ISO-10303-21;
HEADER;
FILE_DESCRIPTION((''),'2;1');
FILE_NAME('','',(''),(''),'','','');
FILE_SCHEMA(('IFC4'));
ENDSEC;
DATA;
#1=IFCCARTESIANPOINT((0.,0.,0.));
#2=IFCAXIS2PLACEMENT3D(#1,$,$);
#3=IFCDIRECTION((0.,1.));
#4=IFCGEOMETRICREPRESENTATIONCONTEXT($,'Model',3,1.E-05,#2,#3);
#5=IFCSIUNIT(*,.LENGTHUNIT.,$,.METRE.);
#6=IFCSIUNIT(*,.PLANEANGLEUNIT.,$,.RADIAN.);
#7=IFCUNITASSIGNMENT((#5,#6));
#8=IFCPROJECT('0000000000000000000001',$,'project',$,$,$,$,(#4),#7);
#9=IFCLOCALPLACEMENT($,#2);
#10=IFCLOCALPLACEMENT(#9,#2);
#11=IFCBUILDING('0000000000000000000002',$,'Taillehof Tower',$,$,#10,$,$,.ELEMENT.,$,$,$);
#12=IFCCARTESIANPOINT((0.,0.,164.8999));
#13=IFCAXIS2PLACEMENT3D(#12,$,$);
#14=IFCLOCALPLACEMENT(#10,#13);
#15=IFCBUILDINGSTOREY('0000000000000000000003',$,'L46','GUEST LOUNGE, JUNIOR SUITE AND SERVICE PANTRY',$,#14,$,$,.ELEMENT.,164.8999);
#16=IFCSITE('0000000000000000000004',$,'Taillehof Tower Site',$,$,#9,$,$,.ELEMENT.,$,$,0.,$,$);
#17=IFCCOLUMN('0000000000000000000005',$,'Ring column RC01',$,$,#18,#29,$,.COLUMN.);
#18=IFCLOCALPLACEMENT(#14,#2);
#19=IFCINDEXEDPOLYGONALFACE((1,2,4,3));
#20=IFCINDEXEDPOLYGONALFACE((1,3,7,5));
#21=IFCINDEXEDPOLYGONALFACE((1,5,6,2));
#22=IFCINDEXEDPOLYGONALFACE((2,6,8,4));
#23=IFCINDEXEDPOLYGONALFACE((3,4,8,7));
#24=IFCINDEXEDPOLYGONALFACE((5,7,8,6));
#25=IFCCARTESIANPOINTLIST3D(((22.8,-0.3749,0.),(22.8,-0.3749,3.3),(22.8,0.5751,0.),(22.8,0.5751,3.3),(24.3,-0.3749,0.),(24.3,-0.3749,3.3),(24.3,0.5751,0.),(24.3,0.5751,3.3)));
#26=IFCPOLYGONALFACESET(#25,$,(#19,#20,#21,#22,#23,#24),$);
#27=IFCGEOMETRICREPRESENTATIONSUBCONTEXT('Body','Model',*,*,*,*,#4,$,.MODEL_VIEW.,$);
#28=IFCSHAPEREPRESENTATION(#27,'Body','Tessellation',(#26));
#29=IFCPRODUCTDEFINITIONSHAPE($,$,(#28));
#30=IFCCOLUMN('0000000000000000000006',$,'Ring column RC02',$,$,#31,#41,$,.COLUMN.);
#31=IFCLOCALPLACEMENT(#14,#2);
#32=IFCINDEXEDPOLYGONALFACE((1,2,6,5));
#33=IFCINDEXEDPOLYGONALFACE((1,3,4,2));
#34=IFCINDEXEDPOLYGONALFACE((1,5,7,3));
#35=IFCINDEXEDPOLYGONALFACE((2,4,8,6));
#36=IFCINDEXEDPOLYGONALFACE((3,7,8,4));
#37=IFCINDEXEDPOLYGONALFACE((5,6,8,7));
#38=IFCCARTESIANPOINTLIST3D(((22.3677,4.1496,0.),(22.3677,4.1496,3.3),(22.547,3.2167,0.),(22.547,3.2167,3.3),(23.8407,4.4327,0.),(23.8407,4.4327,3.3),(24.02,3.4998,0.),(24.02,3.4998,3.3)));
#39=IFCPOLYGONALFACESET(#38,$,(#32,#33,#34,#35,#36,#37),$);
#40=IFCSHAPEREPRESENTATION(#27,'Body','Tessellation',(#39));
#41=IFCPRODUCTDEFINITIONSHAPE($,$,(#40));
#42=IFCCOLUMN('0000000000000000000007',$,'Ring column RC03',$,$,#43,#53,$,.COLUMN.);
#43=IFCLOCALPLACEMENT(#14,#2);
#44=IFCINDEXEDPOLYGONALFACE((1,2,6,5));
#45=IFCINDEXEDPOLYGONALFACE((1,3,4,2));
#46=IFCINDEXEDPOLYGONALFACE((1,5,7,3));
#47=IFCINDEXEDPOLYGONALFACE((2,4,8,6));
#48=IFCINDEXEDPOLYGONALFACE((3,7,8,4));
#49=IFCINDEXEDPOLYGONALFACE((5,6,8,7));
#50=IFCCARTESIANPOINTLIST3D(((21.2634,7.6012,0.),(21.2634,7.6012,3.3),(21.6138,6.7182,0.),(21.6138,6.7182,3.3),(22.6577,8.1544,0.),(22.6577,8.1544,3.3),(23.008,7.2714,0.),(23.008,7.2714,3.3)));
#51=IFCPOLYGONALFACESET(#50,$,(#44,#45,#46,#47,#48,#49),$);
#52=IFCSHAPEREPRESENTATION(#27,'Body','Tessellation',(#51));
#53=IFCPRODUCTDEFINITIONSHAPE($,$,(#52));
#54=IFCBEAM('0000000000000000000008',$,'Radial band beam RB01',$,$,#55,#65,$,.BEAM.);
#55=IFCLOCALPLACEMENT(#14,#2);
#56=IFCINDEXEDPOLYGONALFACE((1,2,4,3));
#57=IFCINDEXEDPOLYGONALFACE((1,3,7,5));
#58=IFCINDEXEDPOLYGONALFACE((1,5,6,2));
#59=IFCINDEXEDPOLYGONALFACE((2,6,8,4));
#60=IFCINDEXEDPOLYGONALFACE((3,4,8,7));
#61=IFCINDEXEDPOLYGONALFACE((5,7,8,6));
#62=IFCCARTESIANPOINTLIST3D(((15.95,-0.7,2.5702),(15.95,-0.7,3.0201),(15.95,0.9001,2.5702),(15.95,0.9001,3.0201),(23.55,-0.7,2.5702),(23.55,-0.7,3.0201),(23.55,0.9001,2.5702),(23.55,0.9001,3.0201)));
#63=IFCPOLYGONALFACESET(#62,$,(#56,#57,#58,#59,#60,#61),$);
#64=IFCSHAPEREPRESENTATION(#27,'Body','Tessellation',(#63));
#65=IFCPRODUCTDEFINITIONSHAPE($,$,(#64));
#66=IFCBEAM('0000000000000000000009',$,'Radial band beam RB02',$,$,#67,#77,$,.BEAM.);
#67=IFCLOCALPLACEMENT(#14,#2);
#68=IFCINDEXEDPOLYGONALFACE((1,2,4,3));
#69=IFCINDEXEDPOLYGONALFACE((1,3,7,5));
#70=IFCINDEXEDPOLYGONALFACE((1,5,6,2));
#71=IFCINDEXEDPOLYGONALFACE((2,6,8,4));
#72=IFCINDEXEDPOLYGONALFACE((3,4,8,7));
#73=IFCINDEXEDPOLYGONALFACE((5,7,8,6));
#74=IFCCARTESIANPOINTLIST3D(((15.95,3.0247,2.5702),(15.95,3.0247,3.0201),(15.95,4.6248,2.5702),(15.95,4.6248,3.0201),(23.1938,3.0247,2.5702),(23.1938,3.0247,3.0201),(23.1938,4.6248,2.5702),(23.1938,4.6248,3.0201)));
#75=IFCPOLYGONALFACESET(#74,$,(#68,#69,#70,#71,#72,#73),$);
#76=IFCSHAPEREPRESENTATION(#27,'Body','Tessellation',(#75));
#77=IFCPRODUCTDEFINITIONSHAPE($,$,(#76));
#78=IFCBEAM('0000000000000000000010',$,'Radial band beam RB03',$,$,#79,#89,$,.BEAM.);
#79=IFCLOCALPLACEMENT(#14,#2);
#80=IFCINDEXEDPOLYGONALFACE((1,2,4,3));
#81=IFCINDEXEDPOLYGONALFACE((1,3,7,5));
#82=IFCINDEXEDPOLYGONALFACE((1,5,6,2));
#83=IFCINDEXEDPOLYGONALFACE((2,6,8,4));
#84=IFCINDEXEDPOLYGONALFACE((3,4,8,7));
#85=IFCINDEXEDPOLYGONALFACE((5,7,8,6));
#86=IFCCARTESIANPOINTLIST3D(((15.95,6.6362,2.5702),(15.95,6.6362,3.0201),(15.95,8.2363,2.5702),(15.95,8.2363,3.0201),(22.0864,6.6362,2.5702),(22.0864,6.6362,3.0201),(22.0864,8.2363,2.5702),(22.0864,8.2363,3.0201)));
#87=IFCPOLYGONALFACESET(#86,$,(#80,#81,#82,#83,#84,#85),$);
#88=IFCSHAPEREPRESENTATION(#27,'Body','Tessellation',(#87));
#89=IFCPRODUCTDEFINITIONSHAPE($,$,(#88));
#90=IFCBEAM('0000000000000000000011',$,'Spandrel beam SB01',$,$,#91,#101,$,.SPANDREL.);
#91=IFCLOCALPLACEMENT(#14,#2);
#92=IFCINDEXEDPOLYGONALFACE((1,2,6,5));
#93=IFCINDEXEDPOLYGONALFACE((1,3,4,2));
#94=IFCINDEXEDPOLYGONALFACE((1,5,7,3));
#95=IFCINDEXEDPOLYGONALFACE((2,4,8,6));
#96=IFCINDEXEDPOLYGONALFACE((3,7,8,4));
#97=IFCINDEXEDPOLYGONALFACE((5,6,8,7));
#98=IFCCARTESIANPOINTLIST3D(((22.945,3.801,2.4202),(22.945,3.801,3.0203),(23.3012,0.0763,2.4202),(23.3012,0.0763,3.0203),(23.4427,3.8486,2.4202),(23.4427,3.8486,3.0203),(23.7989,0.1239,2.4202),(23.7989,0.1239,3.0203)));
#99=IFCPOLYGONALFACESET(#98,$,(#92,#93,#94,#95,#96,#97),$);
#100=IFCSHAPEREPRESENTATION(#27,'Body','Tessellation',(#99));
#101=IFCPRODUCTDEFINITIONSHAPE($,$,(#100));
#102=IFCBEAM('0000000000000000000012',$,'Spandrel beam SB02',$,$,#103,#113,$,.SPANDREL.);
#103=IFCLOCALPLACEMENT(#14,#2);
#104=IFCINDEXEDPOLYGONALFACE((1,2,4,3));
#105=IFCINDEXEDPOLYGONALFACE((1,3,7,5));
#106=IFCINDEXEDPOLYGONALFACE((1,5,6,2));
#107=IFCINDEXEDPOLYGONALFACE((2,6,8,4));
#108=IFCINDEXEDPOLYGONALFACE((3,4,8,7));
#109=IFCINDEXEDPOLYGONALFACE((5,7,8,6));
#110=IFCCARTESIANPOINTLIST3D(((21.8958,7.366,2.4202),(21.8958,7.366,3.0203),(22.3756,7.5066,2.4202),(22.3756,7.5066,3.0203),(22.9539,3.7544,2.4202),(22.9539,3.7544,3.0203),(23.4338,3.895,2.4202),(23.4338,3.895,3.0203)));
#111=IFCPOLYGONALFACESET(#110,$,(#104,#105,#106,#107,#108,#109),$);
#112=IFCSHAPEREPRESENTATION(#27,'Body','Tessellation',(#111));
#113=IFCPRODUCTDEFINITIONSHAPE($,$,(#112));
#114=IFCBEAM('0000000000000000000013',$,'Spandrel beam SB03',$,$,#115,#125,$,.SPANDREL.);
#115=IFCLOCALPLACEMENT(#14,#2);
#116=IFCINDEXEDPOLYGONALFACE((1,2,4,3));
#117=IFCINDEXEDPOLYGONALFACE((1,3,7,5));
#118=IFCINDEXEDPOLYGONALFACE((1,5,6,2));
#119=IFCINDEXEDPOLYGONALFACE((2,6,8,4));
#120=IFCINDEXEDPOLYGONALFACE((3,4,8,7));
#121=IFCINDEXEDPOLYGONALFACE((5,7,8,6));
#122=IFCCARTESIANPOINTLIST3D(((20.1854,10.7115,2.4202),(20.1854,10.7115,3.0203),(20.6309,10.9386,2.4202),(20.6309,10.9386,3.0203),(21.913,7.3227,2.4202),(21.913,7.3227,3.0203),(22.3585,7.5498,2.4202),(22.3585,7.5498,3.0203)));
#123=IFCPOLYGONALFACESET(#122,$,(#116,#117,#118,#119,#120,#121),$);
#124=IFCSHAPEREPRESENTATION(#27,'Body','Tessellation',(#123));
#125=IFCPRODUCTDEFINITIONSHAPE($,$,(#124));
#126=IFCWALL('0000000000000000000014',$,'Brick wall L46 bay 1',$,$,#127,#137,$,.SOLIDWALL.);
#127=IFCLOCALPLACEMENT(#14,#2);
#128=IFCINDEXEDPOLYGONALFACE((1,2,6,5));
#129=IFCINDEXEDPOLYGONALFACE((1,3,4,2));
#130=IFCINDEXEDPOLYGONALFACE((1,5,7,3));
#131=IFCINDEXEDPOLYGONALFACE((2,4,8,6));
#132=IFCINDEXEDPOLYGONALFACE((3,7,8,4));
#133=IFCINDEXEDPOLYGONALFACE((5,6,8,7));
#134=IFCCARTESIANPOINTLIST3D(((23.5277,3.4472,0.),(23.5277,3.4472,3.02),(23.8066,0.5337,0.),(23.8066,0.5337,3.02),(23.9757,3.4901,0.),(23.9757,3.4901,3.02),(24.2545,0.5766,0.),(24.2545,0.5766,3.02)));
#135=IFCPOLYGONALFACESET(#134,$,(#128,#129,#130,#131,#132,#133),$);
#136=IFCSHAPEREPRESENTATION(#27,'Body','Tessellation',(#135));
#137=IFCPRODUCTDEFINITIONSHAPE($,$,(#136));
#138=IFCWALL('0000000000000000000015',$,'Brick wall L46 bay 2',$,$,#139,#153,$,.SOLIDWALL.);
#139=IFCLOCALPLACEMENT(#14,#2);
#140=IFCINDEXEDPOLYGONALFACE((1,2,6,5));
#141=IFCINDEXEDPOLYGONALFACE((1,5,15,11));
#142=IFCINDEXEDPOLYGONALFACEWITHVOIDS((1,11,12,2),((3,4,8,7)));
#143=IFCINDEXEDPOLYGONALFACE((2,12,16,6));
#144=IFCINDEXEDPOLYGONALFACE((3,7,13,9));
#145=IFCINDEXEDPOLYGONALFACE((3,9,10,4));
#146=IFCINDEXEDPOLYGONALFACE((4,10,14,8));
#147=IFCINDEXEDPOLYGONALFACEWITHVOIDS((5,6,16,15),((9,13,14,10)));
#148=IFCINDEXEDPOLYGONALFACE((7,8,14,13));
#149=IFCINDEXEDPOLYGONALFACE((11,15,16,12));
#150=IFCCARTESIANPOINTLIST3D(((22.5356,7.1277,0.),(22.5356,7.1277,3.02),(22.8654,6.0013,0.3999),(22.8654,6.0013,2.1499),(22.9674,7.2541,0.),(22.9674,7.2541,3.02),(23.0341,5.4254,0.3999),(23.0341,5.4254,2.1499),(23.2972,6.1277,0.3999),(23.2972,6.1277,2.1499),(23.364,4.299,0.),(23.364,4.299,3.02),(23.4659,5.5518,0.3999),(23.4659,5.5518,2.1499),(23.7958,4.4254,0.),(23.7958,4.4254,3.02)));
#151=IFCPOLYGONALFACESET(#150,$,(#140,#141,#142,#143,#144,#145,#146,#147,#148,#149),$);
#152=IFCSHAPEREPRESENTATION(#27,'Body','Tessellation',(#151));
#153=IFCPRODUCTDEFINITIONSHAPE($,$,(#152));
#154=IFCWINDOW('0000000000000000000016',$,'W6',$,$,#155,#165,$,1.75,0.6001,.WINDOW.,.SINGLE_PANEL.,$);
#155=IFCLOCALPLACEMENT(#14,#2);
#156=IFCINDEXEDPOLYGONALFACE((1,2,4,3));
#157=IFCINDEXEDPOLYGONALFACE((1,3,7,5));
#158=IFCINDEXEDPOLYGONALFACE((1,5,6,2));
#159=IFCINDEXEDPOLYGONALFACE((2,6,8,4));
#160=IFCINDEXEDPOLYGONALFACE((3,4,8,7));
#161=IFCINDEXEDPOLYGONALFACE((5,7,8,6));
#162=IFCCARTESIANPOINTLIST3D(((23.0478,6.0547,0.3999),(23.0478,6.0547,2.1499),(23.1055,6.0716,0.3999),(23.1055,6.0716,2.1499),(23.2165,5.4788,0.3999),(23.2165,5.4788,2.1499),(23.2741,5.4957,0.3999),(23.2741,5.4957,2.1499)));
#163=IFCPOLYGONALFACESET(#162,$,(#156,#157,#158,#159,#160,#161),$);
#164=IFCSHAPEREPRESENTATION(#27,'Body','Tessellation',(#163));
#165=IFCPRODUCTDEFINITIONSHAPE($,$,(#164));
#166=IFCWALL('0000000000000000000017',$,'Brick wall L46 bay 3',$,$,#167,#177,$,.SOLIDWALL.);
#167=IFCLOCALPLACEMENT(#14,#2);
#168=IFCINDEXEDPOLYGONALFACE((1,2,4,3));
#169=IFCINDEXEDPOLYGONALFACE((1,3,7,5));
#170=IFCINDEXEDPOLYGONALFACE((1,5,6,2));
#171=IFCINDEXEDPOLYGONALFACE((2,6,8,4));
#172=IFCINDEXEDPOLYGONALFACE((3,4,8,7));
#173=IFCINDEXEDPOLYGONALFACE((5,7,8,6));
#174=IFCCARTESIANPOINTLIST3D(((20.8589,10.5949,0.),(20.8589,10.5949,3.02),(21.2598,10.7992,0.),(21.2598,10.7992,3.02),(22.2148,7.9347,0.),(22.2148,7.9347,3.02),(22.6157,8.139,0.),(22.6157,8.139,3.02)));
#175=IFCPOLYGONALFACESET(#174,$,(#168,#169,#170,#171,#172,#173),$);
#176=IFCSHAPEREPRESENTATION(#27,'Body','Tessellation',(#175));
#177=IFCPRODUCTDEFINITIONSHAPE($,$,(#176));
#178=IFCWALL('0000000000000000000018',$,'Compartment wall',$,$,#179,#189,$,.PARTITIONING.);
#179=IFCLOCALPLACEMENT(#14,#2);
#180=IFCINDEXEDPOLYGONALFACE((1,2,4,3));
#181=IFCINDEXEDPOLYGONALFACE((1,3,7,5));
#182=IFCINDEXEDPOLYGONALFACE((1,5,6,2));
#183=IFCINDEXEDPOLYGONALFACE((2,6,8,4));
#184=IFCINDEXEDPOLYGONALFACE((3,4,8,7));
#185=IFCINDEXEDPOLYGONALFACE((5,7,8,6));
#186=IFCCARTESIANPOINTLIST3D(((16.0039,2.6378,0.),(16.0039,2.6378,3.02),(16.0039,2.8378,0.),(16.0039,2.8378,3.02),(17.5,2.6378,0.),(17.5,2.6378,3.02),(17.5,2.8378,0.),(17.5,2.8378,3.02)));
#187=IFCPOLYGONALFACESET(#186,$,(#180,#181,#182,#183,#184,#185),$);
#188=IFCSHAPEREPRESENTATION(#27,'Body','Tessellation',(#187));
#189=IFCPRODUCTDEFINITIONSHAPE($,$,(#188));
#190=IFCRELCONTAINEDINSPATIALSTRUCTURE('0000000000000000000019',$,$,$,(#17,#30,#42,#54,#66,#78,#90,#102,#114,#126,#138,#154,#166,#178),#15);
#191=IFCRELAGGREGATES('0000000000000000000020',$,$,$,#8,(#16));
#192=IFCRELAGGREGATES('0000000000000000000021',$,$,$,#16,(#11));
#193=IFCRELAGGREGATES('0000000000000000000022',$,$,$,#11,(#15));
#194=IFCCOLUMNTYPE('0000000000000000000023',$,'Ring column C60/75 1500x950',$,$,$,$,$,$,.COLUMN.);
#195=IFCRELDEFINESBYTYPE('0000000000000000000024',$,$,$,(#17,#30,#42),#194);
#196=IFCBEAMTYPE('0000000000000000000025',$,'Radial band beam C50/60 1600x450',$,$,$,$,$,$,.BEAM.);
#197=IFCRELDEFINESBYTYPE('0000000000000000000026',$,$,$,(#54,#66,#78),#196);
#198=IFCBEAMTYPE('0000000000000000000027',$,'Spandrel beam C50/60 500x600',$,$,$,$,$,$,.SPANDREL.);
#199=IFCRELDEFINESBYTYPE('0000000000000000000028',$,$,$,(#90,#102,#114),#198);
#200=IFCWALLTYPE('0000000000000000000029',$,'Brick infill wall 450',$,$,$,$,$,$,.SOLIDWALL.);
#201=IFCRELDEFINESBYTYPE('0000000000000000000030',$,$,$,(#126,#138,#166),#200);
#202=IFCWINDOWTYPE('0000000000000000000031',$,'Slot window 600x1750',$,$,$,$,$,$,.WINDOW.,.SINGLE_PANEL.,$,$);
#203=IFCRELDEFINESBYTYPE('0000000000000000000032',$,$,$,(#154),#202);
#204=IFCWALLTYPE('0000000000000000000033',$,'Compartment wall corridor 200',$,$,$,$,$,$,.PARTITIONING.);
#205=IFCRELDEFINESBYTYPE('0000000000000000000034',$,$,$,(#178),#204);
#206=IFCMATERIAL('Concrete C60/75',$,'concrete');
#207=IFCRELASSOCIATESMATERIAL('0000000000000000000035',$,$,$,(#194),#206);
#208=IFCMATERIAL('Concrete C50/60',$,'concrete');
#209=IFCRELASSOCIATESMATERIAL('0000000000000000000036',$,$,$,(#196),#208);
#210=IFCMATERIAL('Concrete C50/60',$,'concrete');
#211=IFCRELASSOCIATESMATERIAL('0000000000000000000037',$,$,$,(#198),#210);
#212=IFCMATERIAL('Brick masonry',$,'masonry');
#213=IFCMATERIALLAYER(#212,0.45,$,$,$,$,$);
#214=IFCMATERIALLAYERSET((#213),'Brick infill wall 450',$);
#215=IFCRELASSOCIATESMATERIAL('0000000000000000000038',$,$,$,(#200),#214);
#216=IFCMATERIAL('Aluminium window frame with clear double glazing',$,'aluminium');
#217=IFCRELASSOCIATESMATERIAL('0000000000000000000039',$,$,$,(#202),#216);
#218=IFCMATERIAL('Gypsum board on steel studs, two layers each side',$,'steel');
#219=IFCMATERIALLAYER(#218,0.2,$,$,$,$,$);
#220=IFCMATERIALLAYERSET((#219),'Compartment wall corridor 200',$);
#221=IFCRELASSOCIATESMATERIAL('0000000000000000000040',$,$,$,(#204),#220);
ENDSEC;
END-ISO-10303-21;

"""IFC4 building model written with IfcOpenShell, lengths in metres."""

from ifc_helpers import new_model, si_unit, direction, frame, frame_2d, origin, origin_2d, place, context, subcontext, project, spatial, rectangle, extrude, material, layer, layer_set, material_profile, profile_set, type_object, element, fill, save


model = new_model("IFC4")

# Units and contexts
model_context = context("Model", 3, precision=1e-05, world=origin(), true_north=direction((0.0, 1.0)))
body_context = subcontext(model_context, "Body", "Model", "MODEL_VIEW")
ifc_project = project(units=[si_unit("LENGTHUNIT", "METRE"), si_unit("PLANEANGLEUNIT", "RADIAN")], contexts=[model_context])

# Site, building, storey
site_placement = place(None, origin())
site = spatial("IfcSite", under=ifc_project, at=site_placement, Name="Taillehof Tower Site", CompositionType="ELEMENT", RefElevation=0.0)
building_placement = place(site_placement, origin())
building = spatial("IfcBuilding", under=site, at=building_placement, Name="Taillehof Tower", CompositionType="ELEMENT")
storey_placement = place(building_placement, frame((0.0, 0.0, 164.8999)))
storey = spatial("IfcBuildingStorey", under=building, at=storey_placement, Name="L46", Description="GUEST LOUNGE, JUNIOR SUITE AND SERVICE PANTRY", CompositionType="ELEMENT", Elevation=164.8999)

# Columns
ifc_material_1 = material(Name="Concrete C60/75", Category="concrete")
ifc_material_profile_1 = material_profile(ifc_material_1, rectangle(XDim=1.5, YDim=0.95, at=origin_2d()), Name="RC 1500x950")
ifc_profile_set_1 = profile_set([ifc_material_profile_1], Name="Concrete C60/75")
column_type = type_object("IfcColumnType", Name="Ring column C60/75 1500x950", PredefinedType="COLUMN", material=ifc_profile_set_1)
for number, where, z_axis, x_axis, name in (
    (1, (23.55, 0.1001, 0.0), (0.0, 0.0, 1.0), (1.0, 0.0, 0.0), "Ring column RC01"),
    (2, (23.1938, 3.8247, 0.0), (0.0, 0.0, 1.0), (0.982024, 0.188757, 0.0), "Ring column RC02"),
    (3, (22.1357, 7.4363, 0.0), (0.0, 0.0, 1.0), (0.929511, 0.368793, 0.0), "Ring column RC03"),
):
    element("IfcColumn", number, at=place(storey_placement, frame(where, z_axis=z_axis, x_axis=x_axis)), inside=storey, type_object=column_type, Name=name, PredefinedType="COLUMN", context=body_context, shape_type="SweptSolid", body=[
        extrude(rectangle(XDim=1.5, YDim=0.95, at=origin_2d()), origin(), (0.0, 0.0, 1.0), 3.3),
    ])

# Beams
ifc_material_2 = material(Name="Concrete C50/60", Category="concrete")
ifc_material_profile_2 = material_profile(ifc_material_2, rectangle(XDim=1.6001, YDim=0.45, at=origin_2d()), Name="RC 1600x450")
ifc_profile_set_2 = profile_set([ifc_material_profile_2], Name="Concrete C50/60")
beam_type_1 = type_object("IfcBeamType", Name="Radial band beam C50/60 1600x450", PredefinedType="BEAM", material=ifc_profile_set_2)
beam_1_placement = place(storey_placement, frame((23.55, 0.1001, 2.7952), z_axis=(-1.0, 0.0, 0.0), x_axis=(0.0, -1.0, 0.0)))
element("IfcBeam", 4, at=beam_1_placement, inside=storey, type_object=beam_type_1, Name="Radial band beam RB01", PredefinedType="BEAM", context=body_context, shape_type="SweptSolid", body=[
    extrude(rectangle(XDim=1.6001, YDim=0.45, at=origin_2d()), origin(), (0.0, 0.0, 1.0), 7.6001),
])
beam_2_placement = place(storey_placement, frame((23.1938, 3.8247, 2.7952), z_axis=(-1.0, 0.0, 0.0), x_axis=(0.0, -1.0, 0.0)))
element("IfcBeam", 5, at=beam_2_placement, inside=storey, type_object=beam_type_1, Name="Radial band beam RB02", PredefinedType="BEAM", context=body_context, shape_type="SweptSolid", body=[
    extrude(rectangle(XDim=1.6001, YDim=0.45, at=origin_2d()), origin(), (0.0, 0.0, 1.0), 7.2439),
])
beam_3_placement = place(storey_placement, frame((22.0864, 7.4363, 2.7952), z_axis=(-1.0, 0.0, 0.0), x_axis=(0.0, -1.0, 0.0)))
element("IfcBeam", 6, at=beam_3_placement, inside=storey, type_object=beam_type_1, Name="Radial band beam RB03", PredefinedType="BEAM", context=body_context, shape_type="SweptSolid", body=[
    extrude(rectangle(XDim=1.6001, YDim=0.45, at=origin_2d()), origin(), (0.0, 0.0, 1.0), 6.1365),
])
ifc_material_3 = material(Name="Concrete C50/60", Category="concrete")
ifc_material_profile_3 = material_profile(ifc_material_3, rectangle(XDim=0.5, YDim=0.6001, at=origin_2d()), Name="RC 500x600")
ifc_profile_set_3 = profile_set([ifc_material_profile_3], Name="Concrete C50/60")
beam_type_2 = type_object("IfcBeamType", Name="Spandrel beam C50/60 500x600", PredefinedType="SPANDREL", material=ifc_profile_set_3)
beam_4_placement = place(storey_placement, frame((23.55, 0.1001, 2.7202), z_axis=(-0.0952, 0.995458, 0.0), x_axis=(-0.995458, -0.0952, 0.0)))
element("IfcBeam", 7, at=beam_4_placement, inside=storey, type_object=beam_type_2, Name="Spandrel beam SB01", PredefinedType="SPANDREL", context=body_context, shape_type="SweptSolid", body=[
    extrude(rectangle(XDim=0.5, YDim=0.6001, at=origin_2d()), origin(), (0.0, 0.0, 1.0), 3.7417),
])
beam_5_placement = place(storey_placement, frame((23.1938, 3.8247, 2.7202), z_axis=(-0.281158, 0.959661, 0.0), x_axis=(-0.959661, -0.281158, 0.0)))
element("IfcBeam", 8, at=beam_5_placement, inside=storey, type_object=beam_type_2, Name="Spandrel beam SB02", PredefinedType="SPANDREL", context=body_context, shape_type="SweptSolid", body=[
    extrude(rectangle(XDim=0.5, YDim=0.6001, at=origin_2d()), origin(), (0.0, 0.0, 1.0), 3.7634),
])
beam_6_placement = place(storey_placement, frame((22.1357, 7.4363, 2.7202), z_axis=(-0.454183, 0.890908, 0.0), x_axis=(-0.890908, -0.454183, 0.0)))
element("IfcBeam", 9, at=beam_6_placement, inside=storey, type_object=beam_type_2, Name="Spandrel beam SB03", PredefinedType="SPANDREL", context=body_context, shape_type="SweptSolid", body=[
    extrude(rectangle(XDim=0.5, YDim=0.6001, at=origin_2d()), origin(), (0.0, 0.0, 1.0), 3.8037),
])

# Wall
ifc_material_4 = material(Name="Brick masonry", Category="masonry")
ifc_layer_1 = layer(ifc_material_4, 0.45)
ifc_layer_set_1 = layer_set([ifc_layer_1], Name="Brick infill wall 450")
wall_type_1 = type_object("IfcWallType", Name="Brick infill wall 450", PredefinedType="SOLIDWALL", material=ifc_layer_set_1)
wall_1_placement = place(storey_placement, frame((24.0305, 0.5552, 0.0), z_axis=(0.0, 0.0, 1.0), x_axis=(-0.095266, 0.995452, 0.0)))
element("IfcWall", 10, at=wall_1_placement, inside=storey, type_object=wall_type_1, Name="Brick wall L46 bay 1", PredefinedType="SOLIDWALL", context=body_context, shape_type="SweptSolid", body=[
    extrude(rectangle(XDim=2.9268, YDim=0.45, at=frame_2d((1.4634, 0.0))), origin(), (0.0, 0.0, 1.0), 3.02),
])

# Wall, opening, window
wall_2_placement = place(storey_placement, frame((23.5798, 4.3623, 0.0), z_axis=(0.0, 0.0, 1.0), x_axis=(-0.281049, 0.959693, 0.0)))
wall_2 = element("IfcWall", 11, at=wall_2_placement, inside=storey, type_object=wall_type_1, Name="Brick wall L46 bay 2", PredefinedType="SOLIDWALL", context=body_context, shape_type="SweptSolid", body=[
    extrude(rectangle(XDim=2.9475, YDim=0.45, at=frame_2d((1.4736, 0.0))), origin(), (0.0, 0.0, 1.0), 3.02),
])
opening_placement = place(wall_2_placement, frame((1.1736, 0.0, 0.3999)))
opening = element("IfcOpeningElement", 12, at=opening_placement, cuts=wall_2, PredefinedType="OPENING", context=body_context, shape_type="SweptSolid", body=[
    extrude(rectangle(XDim=0.6001, YDim=1.75, at=frame_2d((0.3, 0.875))), frame((0.0, 0.2349, 0.0), z_axis=(0.0, -1.0, 0.0), x_axis=(1.0, 0.0, 0.0)), (0.0, 0.0, 1.0), 0.47),
])
ifc_material_5 = material(Name="Aluminium window frame with clear double glazing", Category="aluminium")
window_type = type_object("IfcWindowType", Name="Slot window 600x1750", PartitioningType="SINGLE_PANEL", PredefinedType="WINDOW", material=ifc_material_5)
window_placement = place(opening_placement, origin())
window = element("IfcWindow", 13, at=window_placement, inside=storey, type_object=window_type, Name="W6", OverallHeight=1.75, OverallWidth=0.6001, PartitioningType="SINGLE_PANEL", PredefinedType="WINDOW", context=body_context, shape_type="SweptSolid", body=[
    extrude(rectangle(XDim=0.6001, YDim=1.75, at=frame_2d((0.3, 0.875))), frame((0.0, 0.0349, 0.0), z_axis=(0.0, -1.0, 0.0), x_axis=(1.0, 0.0, 0.0)), (0.0, 0.0, 1.0), 0.0601),
])
fill(opening, window)

# Walls
wall_3_placement = place(storey_placement, frame((22.4153, 8.0369, 0.0), z_axis=(0.0, 0.0, 1.0), x_axis=(-0.454134, 0.890933, 0.0)))
element("IfcWall", 14, at=wall_3_placement, inside=storey, type_object=wall_type_1, Name="Brick wall L46 bay 3", PredefinedType="SOLIDWALL", context=body_context, shape_type="SweptSolid", body=[
    extrude(rectangle(XDim=2.9858, YDim=0.45, at=frame_2d((1.4929, 0.0))), origin(), (0.0, 0.0, 1.0), 3.02),
])
ifc_material_6 = material(Name="Gypsum board on steel studs, two layers each side", Category="steel")
ifc_layer_2 = layer(ifc_material_6, 0.2)
ifc_layer_set_2 = layer_set([ifc_layer_2], Name="Compartment wall corridor 200")
wall_type_2 = type_object("IfcWallType", Name="Compartment wall corridor 200", PredefinedType="PARTITIONING", material=ifc_layer_set_2)
wall_4_placement = place(storey_placement, frame((17.5, 2.7378, 0.0), z_axis=(0.0, 0.0, 1.0), x_axis=(-1.0, 0.0, 0.0)))
element("IfcWall", 15, at=wall_4_placement, inside=storey, type_object=wall_type_2, Name="Compartment wall", PredefinedType="PARTITIONING", context=body_context, shape_type="SweptSolid", body=[
    extrude(rectangle(XDim=1.4961, YDim=0.2, at=frame_2d((0.748, 0.0))), origin(), (0.0, 0.0, 1.0), 3.02),
])

save(model, "model.ifc")
